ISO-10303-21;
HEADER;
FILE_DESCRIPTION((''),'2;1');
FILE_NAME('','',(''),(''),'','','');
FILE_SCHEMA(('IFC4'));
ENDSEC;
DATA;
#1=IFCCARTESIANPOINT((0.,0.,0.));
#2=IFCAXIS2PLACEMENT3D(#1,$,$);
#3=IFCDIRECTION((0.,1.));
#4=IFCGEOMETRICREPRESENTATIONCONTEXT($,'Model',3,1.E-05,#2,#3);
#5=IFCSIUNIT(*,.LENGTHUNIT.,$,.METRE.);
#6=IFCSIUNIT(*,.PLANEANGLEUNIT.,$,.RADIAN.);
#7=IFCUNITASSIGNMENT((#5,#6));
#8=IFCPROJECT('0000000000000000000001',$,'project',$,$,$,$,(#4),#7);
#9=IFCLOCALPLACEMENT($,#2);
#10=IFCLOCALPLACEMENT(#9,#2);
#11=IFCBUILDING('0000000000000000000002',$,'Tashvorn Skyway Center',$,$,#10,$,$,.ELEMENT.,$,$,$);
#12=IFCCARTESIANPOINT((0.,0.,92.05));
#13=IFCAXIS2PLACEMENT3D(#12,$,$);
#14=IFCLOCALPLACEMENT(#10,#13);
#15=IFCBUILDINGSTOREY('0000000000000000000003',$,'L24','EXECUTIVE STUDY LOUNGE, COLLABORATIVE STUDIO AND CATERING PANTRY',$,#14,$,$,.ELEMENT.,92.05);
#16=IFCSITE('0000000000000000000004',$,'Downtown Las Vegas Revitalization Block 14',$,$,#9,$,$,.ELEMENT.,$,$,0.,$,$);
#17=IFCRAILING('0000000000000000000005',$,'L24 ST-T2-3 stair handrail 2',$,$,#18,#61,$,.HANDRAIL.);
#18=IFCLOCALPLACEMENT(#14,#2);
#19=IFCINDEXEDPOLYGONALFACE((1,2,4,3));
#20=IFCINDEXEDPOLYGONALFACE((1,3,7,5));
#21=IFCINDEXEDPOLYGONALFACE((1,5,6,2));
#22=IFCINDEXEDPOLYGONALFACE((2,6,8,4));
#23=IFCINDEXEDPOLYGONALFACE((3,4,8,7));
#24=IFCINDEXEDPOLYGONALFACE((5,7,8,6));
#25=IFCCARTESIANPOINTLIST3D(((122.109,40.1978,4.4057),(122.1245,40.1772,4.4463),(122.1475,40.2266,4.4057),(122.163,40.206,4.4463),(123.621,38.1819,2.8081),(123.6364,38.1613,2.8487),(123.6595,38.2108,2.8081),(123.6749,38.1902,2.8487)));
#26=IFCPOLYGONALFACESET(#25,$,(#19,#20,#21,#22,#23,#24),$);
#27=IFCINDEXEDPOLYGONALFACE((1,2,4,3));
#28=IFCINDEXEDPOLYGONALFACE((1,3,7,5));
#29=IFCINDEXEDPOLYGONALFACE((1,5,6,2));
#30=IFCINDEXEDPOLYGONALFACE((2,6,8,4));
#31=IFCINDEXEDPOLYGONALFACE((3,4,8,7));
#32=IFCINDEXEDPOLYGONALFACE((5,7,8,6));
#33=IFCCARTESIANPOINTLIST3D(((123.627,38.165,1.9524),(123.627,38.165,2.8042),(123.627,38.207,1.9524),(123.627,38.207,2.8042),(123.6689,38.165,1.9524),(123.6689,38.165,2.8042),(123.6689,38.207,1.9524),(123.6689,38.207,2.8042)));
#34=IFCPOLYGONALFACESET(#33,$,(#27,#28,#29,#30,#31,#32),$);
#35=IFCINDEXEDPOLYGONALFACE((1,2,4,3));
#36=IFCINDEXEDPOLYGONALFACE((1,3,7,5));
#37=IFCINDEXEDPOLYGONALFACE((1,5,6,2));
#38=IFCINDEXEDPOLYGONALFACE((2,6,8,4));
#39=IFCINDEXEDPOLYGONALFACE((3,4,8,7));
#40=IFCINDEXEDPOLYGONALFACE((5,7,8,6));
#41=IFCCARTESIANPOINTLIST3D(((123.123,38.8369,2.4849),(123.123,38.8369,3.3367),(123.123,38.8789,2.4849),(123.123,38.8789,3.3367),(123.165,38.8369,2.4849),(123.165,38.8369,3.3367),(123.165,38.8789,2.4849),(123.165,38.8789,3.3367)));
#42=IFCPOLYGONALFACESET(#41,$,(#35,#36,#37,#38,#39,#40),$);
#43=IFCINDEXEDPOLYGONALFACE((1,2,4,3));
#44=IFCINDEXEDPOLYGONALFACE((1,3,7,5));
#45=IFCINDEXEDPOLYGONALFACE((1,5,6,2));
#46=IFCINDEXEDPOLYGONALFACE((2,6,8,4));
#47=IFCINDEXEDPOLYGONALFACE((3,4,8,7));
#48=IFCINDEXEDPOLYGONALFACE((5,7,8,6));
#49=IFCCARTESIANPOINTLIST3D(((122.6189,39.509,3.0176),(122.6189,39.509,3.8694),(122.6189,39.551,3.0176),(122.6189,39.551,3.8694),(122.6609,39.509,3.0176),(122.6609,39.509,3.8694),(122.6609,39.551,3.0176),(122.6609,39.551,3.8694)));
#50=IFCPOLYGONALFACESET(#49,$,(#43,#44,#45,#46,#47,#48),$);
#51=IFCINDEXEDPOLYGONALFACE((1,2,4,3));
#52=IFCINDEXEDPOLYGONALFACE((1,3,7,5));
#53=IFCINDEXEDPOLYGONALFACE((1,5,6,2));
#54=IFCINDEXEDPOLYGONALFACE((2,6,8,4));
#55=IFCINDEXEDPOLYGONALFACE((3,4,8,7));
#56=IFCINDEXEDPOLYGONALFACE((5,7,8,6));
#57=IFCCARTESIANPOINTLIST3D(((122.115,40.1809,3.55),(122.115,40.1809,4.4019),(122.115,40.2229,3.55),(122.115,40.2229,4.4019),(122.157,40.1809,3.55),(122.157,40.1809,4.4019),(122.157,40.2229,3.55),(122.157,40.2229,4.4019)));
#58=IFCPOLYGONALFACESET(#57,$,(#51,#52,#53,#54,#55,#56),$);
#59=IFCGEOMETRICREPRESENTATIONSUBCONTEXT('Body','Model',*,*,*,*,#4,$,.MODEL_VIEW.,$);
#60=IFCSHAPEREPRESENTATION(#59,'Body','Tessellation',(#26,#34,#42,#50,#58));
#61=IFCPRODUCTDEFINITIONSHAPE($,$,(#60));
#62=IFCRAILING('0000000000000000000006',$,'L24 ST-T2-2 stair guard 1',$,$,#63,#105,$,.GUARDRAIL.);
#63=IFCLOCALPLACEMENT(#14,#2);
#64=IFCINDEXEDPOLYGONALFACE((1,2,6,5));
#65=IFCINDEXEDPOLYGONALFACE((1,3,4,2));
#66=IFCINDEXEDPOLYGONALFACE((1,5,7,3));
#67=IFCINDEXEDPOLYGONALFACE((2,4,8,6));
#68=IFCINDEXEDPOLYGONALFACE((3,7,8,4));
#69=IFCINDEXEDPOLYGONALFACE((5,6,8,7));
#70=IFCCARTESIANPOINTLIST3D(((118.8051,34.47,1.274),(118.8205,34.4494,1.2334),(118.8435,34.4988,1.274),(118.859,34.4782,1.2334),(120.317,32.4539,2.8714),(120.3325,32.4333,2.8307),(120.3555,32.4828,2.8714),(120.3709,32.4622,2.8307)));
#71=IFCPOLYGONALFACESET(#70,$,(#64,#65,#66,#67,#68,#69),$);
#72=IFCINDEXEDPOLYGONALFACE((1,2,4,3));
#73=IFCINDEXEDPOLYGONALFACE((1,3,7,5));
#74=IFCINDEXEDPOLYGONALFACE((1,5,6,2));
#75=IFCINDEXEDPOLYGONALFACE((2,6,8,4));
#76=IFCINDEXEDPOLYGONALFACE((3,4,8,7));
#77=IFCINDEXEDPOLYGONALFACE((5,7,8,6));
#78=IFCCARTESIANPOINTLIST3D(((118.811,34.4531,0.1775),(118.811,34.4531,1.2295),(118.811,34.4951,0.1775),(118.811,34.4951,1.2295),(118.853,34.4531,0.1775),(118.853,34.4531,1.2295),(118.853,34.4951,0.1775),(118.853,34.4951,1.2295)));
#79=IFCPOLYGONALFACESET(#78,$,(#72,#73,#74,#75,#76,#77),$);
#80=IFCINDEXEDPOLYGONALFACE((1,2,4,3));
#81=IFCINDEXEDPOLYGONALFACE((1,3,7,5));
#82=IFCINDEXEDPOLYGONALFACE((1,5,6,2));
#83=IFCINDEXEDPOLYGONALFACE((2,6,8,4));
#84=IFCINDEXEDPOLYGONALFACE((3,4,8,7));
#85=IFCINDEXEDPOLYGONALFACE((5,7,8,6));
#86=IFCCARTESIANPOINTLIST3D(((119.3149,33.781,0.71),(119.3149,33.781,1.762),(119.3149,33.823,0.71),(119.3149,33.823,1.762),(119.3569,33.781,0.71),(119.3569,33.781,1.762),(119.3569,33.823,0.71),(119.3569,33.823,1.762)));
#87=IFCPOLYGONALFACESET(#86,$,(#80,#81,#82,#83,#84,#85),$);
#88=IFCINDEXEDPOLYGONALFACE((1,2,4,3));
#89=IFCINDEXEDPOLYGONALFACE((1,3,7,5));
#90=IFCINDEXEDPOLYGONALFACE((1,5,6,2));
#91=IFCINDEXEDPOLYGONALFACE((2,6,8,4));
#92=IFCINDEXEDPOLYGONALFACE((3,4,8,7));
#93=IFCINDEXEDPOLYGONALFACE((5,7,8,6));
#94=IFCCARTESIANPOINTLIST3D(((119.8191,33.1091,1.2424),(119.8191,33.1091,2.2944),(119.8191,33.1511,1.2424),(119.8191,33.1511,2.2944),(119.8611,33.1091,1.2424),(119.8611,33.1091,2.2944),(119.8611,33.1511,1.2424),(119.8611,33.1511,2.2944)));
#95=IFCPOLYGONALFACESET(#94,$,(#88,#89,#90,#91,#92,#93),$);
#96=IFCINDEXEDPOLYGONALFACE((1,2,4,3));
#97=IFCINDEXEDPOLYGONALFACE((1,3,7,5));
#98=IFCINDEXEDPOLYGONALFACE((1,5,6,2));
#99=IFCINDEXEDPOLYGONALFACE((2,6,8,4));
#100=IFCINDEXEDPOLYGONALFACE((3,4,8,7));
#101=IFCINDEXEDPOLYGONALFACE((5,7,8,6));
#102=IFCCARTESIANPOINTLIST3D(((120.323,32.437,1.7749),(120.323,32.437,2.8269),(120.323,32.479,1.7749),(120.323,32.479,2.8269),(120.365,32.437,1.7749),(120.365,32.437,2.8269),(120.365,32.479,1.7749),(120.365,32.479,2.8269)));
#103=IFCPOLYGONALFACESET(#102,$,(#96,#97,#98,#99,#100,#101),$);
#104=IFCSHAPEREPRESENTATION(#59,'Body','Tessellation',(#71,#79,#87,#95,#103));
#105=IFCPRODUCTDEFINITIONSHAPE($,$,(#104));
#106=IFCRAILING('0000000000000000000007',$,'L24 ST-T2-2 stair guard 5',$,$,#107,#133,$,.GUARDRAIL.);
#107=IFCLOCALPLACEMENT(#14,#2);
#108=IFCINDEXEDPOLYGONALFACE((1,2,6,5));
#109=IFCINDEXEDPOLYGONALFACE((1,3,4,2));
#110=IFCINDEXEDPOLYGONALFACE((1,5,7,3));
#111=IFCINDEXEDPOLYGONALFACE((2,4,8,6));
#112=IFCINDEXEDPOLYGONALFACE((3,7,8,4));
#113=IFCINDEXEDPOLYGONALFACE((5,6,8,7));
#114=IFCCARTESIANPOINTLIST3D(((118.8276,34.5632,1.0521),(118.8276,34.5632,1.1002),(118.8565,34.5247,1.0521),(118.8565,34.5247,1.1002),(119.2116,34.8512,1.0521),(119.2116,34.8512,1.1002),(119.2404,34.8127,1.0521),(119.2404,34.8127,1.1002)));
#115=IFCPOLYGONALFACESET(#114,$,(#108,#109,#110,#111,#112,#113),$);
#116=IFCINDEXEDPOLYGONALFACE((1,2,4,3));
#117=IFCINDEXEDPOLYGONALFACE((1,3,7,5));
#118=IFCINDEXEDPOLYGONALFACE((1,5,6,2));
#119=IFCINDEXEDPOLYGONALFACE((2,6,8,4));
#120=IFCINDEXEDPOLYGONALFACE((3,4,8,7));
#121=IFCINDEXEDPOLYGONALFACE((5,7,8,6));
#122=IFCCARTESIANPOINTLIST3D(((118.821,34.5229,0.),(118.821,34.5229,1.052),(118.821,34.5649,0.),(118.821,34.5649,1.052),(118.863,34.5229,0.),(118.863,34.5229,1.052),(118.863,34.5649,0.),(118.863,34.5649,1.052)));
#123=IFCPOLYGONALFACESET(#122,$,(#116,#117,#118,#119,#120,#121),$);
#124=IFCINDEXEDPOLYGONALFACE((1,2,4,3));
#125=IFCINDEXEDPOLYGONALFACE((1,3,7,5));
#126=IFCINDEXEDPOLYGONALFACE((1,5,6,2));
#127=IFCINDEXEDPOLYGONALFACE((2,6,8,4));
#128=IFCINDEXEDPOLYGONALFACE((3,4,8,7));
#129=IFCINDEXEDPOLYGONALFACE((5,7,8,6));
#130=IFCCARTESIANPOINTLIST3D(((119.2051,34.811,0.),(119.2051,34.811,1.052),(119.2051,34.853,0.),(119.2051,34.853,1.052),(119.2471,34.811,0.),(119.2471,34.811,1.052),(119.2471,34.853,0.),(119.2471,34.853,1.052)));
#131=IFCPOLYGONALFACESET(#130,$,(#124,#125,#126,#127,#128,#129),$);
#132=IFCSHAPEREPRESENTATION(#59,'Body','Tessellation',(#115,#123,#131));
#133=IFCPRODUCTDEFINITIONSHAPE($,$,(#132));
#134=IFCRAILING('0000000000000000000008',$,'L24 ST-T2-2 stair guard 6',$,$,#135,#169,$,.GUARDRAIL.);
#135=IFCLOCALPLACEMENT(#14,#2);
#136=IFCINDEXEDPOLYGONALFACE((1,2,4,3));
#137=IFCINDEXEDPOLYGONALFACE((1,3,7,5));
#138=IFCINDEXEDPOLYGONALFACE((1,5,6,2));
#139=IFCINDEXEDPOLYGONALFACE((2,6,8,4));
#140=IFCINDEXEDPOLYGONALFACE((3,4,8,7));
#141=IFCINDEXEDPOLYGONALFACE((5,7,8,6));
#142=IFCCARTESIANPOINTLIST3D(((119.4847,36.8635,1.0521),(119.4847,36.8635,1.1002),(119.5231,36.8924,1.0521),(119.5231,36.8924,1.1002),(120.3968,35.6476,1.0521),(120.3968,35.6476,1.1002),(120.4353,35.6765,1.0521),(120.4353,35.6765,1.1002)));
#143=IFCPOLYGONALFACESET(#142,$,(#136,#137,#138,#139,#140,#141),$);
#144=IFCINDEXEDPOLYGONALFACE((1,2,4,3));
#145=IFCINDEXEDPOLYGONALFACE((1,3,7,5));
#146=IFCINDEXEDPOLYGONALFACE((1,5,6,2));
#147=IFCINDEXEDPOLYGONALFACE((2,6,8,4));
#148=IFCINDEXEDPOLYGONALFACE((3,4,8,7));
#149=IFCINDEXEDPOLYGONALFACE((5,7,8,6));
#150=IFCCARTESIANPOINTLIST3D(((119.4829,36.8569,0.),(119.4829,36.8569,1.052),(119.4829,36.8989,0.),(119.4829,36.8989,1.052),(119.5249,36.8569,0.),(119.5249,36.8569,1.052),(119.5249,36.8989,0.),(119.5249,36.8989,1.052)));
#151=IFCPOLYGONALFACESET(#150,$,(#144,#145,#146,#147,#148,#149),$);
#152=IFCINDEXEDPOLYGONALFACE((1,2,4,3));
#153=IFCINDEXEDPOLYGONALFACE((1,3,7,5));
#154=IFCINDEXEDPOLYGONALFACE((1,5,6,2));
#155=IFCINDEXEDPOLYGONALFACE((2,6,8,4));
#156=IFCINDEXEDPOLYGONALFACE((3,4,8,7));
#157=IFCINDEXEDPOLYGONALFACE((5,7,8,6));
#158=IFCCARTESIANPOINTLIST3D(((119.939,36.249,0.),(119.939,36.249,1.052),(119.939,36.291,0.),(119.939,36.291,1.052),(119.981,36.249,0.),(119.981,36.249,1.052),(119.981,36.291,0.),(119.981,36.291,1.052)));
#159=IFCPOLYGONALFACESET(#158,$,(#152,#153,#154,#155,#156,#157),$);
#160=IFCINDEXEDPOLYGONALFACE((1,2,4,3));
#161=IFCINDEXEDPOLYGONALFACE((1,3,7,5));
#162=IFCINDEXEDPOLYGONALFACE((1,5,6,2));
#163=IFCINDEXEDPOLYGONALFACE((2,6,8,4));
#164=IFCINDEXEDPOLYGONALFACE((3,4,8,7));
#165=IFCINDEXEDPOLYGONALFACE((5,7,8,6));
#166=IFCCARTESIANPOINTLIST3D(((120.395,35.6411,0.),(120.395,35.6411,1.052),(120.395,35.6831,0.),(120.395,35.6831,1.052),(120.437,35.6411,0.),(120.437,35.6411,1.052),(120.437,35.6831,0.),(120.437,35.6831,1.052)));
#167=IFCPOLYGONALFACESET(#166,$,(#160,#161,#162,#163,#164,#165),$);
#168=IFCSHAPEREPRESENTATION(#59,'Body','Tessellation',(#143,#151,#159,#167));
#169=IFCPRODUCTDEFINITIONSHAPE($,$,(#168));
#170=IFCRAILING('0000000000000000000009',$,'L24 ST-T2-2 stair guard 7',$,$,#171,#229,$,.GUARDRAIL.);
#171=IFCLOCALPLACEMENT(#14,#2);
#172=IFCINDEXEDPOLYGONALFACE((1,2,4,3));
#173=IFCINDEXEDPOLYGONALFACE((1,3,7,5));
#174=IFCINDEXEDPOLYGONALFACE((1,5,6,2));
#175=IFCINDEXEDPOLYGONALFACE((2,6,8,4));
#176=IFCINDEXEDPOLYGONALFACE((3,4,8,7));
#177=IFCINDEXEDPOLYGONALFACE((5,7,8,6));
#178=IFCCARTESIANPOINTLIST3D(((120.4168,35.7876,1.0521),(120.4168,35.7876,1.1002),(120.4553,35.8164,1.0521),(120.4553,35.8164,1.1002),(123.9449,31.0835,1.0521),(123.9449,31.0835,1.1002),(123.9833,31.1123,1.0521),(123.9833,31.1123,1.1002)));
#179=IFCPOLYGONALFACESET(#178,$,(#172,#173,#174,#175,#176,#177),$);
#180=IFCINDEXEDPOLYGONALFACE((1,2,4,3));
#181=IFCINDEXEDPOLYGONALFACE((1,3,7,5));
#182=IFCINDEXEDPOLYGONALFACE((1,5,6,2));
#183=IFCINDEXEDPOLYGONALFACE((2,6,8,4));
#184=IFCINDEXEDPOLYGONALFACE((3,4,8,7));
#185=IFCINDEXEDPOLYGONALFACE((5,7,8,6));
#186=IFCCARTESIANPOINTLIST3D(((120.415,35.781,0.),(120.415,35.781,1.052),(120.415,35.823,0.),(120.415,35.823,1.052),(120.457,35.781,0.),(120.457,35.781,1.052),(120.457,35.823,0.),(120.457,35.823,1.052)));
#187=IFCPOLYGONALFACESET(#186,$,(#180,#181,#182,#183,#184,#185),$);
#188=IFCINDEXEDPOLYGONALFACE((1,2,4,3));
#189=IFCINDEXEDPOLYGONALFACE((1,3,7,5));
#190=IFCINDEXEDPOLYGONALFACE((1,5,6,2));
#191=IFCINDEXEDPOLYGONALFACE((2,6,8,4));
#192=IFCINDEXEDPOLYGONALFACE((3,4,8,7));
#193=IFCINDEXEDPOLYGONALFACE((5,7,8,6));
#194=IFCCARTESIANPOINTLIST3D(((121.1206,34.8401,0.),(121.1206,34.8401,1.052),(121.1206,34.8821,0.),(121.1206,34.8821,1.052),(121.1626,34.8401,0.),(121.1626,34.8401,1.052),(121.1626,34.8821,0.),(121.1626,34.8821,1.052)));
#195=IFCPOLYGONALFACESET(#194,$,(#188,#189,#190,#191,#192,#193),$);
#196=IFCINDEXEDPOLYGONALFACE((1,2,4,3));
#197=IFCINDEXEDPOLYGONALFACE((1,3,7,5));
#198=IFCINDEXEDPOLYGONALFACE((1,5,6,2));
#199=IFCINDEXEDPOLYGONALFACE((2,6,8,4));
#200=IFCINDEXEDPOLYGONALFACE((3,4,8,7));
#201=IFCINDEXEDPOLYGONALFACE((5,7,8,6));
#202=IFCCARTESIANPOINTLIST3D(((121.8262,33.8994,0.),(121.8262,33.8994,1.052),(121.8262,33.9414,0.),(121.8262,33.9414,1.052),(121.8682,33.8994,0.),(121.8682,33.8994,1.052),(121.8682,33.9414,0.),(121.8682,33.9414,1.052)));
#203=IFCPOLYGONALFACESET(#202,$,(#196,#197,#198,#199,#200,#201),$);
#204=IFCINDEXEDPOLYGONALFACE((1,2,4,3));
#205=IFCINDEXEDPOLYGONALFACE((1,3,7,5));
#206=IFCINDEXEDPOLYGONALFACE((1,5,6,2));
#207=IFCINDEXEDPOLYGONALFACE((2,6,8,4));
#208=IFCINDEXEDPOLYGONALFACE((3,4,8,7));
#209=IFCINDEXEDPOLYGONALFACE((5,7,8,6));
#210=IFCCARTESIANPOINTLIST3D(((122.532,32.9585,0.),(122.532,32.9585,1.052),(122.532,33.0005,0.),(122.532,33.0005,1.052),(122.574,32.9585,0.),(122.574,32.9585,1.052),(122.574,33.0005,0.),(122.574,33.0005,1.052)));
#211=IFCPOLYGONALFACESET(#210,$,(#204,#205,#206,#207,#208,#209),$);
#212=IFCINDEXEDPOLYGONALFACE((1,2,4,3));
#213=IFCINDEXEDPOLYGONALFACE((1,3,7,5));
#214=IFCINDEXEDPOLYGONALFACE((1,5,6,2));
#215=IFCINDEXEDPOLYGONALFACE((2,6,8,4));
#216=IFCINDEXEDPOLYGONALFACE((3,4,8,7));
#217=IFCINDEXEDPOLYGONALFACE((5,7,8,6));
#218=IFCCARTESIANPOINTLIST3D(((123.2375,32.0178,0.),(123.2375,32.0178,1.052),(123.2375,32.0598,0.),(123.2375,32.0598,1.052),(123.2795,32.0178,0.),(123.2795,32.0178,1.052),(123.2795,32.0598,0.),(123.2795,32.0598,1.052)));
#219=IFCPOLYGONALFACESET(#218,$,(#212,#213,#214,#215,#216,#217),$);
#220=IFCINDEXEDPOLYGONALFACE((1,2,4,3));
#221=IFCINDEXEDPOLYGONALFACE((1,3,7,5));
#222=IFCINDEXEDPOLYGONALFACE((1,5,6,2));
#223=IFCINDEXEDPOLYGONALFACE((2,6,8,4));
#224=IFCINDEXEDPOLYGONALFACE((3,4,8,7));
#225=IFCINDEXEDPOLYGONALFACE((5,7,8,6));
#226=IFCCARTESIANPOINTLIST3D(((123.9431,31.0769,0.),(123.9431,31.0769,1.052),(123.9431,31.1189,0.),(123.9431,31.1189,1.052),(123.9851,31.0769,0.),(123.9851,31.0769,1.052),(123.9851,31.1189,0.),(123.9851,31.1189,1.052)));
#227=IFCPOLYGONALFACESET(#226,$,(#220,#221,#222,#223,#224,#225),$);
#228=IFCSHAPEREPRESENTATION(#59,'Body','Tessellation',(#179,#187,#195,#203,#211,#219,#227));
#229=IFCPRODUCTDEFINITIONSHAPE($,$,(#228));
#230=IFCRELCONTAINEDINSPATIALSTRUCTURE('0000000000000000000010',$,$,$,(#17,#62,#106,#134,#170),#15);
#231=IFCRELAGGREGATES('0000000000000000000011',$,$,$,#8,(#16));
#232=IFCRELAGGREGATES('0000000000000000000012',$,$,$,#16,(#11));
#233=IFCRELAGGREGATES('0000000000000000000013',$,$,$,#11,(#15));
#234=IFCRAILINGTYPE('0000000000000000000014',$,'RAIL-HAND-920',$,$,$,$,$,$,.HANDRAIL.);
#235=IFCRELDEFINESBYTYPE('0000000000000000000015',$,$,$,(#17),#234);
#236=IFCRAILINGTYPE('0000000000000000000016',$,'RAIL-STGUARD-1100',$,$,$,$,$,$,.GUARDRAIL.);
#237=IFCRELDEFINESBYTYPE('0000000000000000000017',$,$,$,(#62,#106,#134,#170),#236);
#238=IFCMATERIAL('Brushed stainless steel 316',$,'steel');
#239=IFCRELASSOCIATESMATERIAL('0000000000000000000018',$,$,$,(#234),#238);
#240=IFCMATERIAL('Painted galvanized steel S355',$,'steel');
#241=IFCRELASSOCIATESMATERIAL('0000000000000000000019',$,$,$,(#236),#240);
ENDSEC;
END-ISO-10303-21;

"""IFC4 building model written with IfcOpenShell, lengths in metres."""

from ifc_helpers import new_model, si_unit, direction, frame, origin, origin_2d, place, context, subcontext, project, spatial, rectangle, extrude, material, type_object, element, save


model = new_model("IFC4")

# Units and contexts
model_context = context("Model", 3, precision=1e-05, world=origin(), true_north=direction((0.0, 1.0)))
body_context = subcontext(model_context, "Body", "Model", "MODEL_VIEW")
ifc_project = project(units=[si_unit("LENGTHUNIT", "METRE"), si_unit("PLANEANGLEUNIT", "RADIAN")], contexts=[model_context])

# Site, building, storey
site_placement = place(None, origin())
site = spatial("IfcSite", under=ifc_project, at=site_placement, Name="Downtown Las Vegas Revitalization Block 14", CompositionType="ELEMENT", RefElevation=0.0)
building_placement = place(site_placement, origin())
building = spatial("IfcBuilding", under=site, at=building_placement, Name="Tashvorn Skyway Center", CompositionType="ELEMENT")
storey_placement = place(building_placement, frame((0.0, 0.0, 92.05)))
storey = spatial("IfcBuildingStorey", under=building, at=storey_placement, Name="L24", Description="EXECUTIVE STUDY LOUNGE, COLLABORATIVE STUDIO AND CATERING PANTRY", CompositionType="ELEMENT", Elevation=92.05)

# Railings
ifc_material_1 = material(Name="Brushed stainless steel 316", Category="steel")
railing_type_1 = type_object("IfcRailingType", Name="RAIL-HAND-920", PredefinedType="HANDRAIL", material=ifc_material_1)
railing_1_placement = place(storey_placement, frame((123.6479, 38.186, 1.9524)))
element("IfcRailing", 1, at=railing_1_placement, inside=storey, type_object=railing_type_1, Name="L24 ST-T2-3 stair handrail 2", PredefinedType="HANDRAIL", context=body_context, shape_type="SweptSolid", body=[
    extrude(rectangle(XDim=0.0481, YDim=0.0481, at=origin_2d()), frame((0.0, 0.0, 0.876), z_axis=(-0.506747, 0.675635, 0.535467), x_axis=(-0.799988, -0.600016, 0.0)), (0.0, 0.0, 1.0), 2.9836),
    extrude(rectangle(XDim=0.042, YDim=0.042, at=origin_2d()), origin(), (0.0, 0.0, 1.0), 0.8518),
    extrude(rectangle(XDim=0.042, YDim=0.042, at=origin_2d()), frame((-0.5039, 0.6719, 0.5325)), (0.0, 0.0, 1.0), 0.8518),
    extrude(rectangle(XDim=0.042, YDim=0.042, at=origin_2d()), frame((-1.0081, 1.344, 1.0652)), (0.0, 0.0, 1.0), 0.8518),
    extrude(rectangle(XDim=0.042, YDim=0.042, at=origin_2d()), frame((-1.512, 2.0159, 1.5977)), (0.0, 0.0, 1.0), 0.8518),
])
ifc_material_2 = material(Name="Painted galvanized steel S355", Category="steel")
railing_type_2 = type_object("IfcRailingType", Name="RAIL-STGUARD-1100", PredefinedType="GUARDRAIL", material=ifc_material_2)
railing_2_placement = place(storey_placement, frame((118.832, 34.4741, 0.1775)))
element("IfcRailing", 2, at=railing_2_placement, inside=storey, type_object=railing_type_2, Name="L24 ST-T2-2 stair guard 1", PredefinedType="GUARDRAIL", context=body_context, shape_type="SweptSolid", body=[
    extrude(rectangle(XDim=0.0481, YDim=0.0481, at=origin_2d()), frame((0.0, 0.0, 1.0762), z_axis=(0.506741, -0.675709, 0.535379), x_axis=(0.800023, 0.599969, 0.0)), (0.0, 0.0, 1.0), 2.9836),
    extrude(rectangle(XDim=0.042, YDim=0.042, at=origin_2d()), origin(), (0.0, 0.0, 1.0), 1.052),
    extrude(rectangle(XDim=0.042, YDim=0.042, at=origin_2d()), frame((0.5039, -0.6721, 0.5325)), (0.0, 0.0, 1.0), 1.052),
    extrude(rectangle(XDim=0.042, YDim=0.042, at=origin_2d()), frame((1.0081, -1.344, 1.0649)), (0.0, 0.0, 1.0), 1.052),
    extrude(rectangle(XDim=0.042, YDim=0.042, at=origin_2d()), frame((1.512, -2.0161, 1.5974)), (0.0, 0.0, 1.0), 1.052),
])
railing_3_placement = place(storey_placement, frame((118.842, 34.5439, 0.0)))
element("IfcRailing", 3, at=railing_3_placement, inside=storey, type_object=railing_type_2, Name="L24 ST-T2-2 stair guard 5", PredefinedType="GUARDRAIL", context=body_context, shape_type="SweptSolid", body=[
    extrude(rectangle(XDim=0.0481, YDim=0.0481, at=origin_2d()), frame((0.0, 0.0, 1.0762), z_axis=(0.799939, 0.600081, 0.0), x_axis=(-0.600081, 0.799939, 0.0)), (0.0, 0.0, 1.0), 0.48),
    extrude(rectangle(XDim=0.042, YDim=0.042, at=origin_2d()), origin(), (0.0, 0.0, 1.0), 1.052),
    extrude(rectangle(XDim=0.042, YDim=0.042, at=origin_2d()), frame((0.384, 0.2881, 0.0)), (0.0, 0.0, 1.0), 1.052),
])
railing_4_placement = place(storey_placement, frame((119.5039, 36.8779, 0.0)))
element("IfcRailing", 4, at=railing_4_placement, inside=storey, type_object=railing_type_2, Name="L24 ST-T2-2 stair guard 6", PredefinedType="GUARDRAIL", context=body_context, shape_type="SweptSolid", body=[
    extrude(rectangle(XDim=0.0481, YDim=0.0481, at=origin_2d()), frame((0.0, 0.0, 1.0762), z_axis=(0.600103, -0.799923, 0.0), x_axis=(0.799923, 0.600103, 0.0)), (0.0, 0.0, 1.0), 1.52),
    extrude(rectangle(XDim=0.042, YDim=0.042, at=origin_2d()), origin(), (0.0, 0.0, 1.0), 1.052),
    extrude(rectangle(XDim=0.042, YDim=0.042, at=origin_2d()), frame((0.4561, -0.6079, 0.0)), (0.0, 0.0, 1.0), 1.052),
    extrude(rectangle(XDim=0.042, YDim=0.042, at=origin_2d()), frame((0.9121, -1.2158, 0.0)), (0.0, 0.0, 1.0), 1.052),
])
railing_5_placement = place(storey_placement, frame((120.436, 35.802, 0.0)))
element("IfcRailing", 5, at=railing_5_placement, inside=storey, type_object=railing_type_2, Name="L24 ST-T2-2 stair guard 7", PredefinedType="GUARDRAIL", context=body_context, shape_type="SweptSolid", body=[
    extrude(rectangle(XDim=0.0481, YDim=0.0481, at=origin_2d()), frame((0.0, 0.0, 1.0762), z_axis=(0.6, -0.8, 0.0), x_axis=(0.8, 0.6, 0.0)), (0.0, 0.0, 1.0), 5.8801),
    extrude(rectangle(XDim=0.042, YDim=0.042, at=origin_2d()), origin(), (0.0, 0.0, 1.0), 1.052),
    extrude(rectangle(XDim=0.042, YDim=0.042, at=origin_2d()), frame((0.7056, -0.9409, 0.0)), (0.0, 0.0, 1.0), 1.052),
    extrude(rectangle(XDim=0.042, YDim=0.042, at=origin_2d()), frame((1.4111, -1.8816, 0.0)), (0.0, 0.0, 1.0), 1.052),
    extrude(rectangle(XDim=0.042, YDim=0.042, at=origin_2d()), frame((2.1169, -2.8225, 0.0)), (0.0, 0.0, 1.0), 1.052),
    extrude(rectangle(XDim=0.042, YDim=0.042, at=origin_2d()), frame((2.8225, -3.7632, 0.0)), (0.0, 0.0, 1.0), 1.052),
    extrude(rectangle(XDim=0.042, YDim=0.042, at=origin_2d()), frame((3.5281, -4.7041, 0.0)), (0.0, 0.0, 1.0), 1.052),
])

save(model, "model.ifc")
